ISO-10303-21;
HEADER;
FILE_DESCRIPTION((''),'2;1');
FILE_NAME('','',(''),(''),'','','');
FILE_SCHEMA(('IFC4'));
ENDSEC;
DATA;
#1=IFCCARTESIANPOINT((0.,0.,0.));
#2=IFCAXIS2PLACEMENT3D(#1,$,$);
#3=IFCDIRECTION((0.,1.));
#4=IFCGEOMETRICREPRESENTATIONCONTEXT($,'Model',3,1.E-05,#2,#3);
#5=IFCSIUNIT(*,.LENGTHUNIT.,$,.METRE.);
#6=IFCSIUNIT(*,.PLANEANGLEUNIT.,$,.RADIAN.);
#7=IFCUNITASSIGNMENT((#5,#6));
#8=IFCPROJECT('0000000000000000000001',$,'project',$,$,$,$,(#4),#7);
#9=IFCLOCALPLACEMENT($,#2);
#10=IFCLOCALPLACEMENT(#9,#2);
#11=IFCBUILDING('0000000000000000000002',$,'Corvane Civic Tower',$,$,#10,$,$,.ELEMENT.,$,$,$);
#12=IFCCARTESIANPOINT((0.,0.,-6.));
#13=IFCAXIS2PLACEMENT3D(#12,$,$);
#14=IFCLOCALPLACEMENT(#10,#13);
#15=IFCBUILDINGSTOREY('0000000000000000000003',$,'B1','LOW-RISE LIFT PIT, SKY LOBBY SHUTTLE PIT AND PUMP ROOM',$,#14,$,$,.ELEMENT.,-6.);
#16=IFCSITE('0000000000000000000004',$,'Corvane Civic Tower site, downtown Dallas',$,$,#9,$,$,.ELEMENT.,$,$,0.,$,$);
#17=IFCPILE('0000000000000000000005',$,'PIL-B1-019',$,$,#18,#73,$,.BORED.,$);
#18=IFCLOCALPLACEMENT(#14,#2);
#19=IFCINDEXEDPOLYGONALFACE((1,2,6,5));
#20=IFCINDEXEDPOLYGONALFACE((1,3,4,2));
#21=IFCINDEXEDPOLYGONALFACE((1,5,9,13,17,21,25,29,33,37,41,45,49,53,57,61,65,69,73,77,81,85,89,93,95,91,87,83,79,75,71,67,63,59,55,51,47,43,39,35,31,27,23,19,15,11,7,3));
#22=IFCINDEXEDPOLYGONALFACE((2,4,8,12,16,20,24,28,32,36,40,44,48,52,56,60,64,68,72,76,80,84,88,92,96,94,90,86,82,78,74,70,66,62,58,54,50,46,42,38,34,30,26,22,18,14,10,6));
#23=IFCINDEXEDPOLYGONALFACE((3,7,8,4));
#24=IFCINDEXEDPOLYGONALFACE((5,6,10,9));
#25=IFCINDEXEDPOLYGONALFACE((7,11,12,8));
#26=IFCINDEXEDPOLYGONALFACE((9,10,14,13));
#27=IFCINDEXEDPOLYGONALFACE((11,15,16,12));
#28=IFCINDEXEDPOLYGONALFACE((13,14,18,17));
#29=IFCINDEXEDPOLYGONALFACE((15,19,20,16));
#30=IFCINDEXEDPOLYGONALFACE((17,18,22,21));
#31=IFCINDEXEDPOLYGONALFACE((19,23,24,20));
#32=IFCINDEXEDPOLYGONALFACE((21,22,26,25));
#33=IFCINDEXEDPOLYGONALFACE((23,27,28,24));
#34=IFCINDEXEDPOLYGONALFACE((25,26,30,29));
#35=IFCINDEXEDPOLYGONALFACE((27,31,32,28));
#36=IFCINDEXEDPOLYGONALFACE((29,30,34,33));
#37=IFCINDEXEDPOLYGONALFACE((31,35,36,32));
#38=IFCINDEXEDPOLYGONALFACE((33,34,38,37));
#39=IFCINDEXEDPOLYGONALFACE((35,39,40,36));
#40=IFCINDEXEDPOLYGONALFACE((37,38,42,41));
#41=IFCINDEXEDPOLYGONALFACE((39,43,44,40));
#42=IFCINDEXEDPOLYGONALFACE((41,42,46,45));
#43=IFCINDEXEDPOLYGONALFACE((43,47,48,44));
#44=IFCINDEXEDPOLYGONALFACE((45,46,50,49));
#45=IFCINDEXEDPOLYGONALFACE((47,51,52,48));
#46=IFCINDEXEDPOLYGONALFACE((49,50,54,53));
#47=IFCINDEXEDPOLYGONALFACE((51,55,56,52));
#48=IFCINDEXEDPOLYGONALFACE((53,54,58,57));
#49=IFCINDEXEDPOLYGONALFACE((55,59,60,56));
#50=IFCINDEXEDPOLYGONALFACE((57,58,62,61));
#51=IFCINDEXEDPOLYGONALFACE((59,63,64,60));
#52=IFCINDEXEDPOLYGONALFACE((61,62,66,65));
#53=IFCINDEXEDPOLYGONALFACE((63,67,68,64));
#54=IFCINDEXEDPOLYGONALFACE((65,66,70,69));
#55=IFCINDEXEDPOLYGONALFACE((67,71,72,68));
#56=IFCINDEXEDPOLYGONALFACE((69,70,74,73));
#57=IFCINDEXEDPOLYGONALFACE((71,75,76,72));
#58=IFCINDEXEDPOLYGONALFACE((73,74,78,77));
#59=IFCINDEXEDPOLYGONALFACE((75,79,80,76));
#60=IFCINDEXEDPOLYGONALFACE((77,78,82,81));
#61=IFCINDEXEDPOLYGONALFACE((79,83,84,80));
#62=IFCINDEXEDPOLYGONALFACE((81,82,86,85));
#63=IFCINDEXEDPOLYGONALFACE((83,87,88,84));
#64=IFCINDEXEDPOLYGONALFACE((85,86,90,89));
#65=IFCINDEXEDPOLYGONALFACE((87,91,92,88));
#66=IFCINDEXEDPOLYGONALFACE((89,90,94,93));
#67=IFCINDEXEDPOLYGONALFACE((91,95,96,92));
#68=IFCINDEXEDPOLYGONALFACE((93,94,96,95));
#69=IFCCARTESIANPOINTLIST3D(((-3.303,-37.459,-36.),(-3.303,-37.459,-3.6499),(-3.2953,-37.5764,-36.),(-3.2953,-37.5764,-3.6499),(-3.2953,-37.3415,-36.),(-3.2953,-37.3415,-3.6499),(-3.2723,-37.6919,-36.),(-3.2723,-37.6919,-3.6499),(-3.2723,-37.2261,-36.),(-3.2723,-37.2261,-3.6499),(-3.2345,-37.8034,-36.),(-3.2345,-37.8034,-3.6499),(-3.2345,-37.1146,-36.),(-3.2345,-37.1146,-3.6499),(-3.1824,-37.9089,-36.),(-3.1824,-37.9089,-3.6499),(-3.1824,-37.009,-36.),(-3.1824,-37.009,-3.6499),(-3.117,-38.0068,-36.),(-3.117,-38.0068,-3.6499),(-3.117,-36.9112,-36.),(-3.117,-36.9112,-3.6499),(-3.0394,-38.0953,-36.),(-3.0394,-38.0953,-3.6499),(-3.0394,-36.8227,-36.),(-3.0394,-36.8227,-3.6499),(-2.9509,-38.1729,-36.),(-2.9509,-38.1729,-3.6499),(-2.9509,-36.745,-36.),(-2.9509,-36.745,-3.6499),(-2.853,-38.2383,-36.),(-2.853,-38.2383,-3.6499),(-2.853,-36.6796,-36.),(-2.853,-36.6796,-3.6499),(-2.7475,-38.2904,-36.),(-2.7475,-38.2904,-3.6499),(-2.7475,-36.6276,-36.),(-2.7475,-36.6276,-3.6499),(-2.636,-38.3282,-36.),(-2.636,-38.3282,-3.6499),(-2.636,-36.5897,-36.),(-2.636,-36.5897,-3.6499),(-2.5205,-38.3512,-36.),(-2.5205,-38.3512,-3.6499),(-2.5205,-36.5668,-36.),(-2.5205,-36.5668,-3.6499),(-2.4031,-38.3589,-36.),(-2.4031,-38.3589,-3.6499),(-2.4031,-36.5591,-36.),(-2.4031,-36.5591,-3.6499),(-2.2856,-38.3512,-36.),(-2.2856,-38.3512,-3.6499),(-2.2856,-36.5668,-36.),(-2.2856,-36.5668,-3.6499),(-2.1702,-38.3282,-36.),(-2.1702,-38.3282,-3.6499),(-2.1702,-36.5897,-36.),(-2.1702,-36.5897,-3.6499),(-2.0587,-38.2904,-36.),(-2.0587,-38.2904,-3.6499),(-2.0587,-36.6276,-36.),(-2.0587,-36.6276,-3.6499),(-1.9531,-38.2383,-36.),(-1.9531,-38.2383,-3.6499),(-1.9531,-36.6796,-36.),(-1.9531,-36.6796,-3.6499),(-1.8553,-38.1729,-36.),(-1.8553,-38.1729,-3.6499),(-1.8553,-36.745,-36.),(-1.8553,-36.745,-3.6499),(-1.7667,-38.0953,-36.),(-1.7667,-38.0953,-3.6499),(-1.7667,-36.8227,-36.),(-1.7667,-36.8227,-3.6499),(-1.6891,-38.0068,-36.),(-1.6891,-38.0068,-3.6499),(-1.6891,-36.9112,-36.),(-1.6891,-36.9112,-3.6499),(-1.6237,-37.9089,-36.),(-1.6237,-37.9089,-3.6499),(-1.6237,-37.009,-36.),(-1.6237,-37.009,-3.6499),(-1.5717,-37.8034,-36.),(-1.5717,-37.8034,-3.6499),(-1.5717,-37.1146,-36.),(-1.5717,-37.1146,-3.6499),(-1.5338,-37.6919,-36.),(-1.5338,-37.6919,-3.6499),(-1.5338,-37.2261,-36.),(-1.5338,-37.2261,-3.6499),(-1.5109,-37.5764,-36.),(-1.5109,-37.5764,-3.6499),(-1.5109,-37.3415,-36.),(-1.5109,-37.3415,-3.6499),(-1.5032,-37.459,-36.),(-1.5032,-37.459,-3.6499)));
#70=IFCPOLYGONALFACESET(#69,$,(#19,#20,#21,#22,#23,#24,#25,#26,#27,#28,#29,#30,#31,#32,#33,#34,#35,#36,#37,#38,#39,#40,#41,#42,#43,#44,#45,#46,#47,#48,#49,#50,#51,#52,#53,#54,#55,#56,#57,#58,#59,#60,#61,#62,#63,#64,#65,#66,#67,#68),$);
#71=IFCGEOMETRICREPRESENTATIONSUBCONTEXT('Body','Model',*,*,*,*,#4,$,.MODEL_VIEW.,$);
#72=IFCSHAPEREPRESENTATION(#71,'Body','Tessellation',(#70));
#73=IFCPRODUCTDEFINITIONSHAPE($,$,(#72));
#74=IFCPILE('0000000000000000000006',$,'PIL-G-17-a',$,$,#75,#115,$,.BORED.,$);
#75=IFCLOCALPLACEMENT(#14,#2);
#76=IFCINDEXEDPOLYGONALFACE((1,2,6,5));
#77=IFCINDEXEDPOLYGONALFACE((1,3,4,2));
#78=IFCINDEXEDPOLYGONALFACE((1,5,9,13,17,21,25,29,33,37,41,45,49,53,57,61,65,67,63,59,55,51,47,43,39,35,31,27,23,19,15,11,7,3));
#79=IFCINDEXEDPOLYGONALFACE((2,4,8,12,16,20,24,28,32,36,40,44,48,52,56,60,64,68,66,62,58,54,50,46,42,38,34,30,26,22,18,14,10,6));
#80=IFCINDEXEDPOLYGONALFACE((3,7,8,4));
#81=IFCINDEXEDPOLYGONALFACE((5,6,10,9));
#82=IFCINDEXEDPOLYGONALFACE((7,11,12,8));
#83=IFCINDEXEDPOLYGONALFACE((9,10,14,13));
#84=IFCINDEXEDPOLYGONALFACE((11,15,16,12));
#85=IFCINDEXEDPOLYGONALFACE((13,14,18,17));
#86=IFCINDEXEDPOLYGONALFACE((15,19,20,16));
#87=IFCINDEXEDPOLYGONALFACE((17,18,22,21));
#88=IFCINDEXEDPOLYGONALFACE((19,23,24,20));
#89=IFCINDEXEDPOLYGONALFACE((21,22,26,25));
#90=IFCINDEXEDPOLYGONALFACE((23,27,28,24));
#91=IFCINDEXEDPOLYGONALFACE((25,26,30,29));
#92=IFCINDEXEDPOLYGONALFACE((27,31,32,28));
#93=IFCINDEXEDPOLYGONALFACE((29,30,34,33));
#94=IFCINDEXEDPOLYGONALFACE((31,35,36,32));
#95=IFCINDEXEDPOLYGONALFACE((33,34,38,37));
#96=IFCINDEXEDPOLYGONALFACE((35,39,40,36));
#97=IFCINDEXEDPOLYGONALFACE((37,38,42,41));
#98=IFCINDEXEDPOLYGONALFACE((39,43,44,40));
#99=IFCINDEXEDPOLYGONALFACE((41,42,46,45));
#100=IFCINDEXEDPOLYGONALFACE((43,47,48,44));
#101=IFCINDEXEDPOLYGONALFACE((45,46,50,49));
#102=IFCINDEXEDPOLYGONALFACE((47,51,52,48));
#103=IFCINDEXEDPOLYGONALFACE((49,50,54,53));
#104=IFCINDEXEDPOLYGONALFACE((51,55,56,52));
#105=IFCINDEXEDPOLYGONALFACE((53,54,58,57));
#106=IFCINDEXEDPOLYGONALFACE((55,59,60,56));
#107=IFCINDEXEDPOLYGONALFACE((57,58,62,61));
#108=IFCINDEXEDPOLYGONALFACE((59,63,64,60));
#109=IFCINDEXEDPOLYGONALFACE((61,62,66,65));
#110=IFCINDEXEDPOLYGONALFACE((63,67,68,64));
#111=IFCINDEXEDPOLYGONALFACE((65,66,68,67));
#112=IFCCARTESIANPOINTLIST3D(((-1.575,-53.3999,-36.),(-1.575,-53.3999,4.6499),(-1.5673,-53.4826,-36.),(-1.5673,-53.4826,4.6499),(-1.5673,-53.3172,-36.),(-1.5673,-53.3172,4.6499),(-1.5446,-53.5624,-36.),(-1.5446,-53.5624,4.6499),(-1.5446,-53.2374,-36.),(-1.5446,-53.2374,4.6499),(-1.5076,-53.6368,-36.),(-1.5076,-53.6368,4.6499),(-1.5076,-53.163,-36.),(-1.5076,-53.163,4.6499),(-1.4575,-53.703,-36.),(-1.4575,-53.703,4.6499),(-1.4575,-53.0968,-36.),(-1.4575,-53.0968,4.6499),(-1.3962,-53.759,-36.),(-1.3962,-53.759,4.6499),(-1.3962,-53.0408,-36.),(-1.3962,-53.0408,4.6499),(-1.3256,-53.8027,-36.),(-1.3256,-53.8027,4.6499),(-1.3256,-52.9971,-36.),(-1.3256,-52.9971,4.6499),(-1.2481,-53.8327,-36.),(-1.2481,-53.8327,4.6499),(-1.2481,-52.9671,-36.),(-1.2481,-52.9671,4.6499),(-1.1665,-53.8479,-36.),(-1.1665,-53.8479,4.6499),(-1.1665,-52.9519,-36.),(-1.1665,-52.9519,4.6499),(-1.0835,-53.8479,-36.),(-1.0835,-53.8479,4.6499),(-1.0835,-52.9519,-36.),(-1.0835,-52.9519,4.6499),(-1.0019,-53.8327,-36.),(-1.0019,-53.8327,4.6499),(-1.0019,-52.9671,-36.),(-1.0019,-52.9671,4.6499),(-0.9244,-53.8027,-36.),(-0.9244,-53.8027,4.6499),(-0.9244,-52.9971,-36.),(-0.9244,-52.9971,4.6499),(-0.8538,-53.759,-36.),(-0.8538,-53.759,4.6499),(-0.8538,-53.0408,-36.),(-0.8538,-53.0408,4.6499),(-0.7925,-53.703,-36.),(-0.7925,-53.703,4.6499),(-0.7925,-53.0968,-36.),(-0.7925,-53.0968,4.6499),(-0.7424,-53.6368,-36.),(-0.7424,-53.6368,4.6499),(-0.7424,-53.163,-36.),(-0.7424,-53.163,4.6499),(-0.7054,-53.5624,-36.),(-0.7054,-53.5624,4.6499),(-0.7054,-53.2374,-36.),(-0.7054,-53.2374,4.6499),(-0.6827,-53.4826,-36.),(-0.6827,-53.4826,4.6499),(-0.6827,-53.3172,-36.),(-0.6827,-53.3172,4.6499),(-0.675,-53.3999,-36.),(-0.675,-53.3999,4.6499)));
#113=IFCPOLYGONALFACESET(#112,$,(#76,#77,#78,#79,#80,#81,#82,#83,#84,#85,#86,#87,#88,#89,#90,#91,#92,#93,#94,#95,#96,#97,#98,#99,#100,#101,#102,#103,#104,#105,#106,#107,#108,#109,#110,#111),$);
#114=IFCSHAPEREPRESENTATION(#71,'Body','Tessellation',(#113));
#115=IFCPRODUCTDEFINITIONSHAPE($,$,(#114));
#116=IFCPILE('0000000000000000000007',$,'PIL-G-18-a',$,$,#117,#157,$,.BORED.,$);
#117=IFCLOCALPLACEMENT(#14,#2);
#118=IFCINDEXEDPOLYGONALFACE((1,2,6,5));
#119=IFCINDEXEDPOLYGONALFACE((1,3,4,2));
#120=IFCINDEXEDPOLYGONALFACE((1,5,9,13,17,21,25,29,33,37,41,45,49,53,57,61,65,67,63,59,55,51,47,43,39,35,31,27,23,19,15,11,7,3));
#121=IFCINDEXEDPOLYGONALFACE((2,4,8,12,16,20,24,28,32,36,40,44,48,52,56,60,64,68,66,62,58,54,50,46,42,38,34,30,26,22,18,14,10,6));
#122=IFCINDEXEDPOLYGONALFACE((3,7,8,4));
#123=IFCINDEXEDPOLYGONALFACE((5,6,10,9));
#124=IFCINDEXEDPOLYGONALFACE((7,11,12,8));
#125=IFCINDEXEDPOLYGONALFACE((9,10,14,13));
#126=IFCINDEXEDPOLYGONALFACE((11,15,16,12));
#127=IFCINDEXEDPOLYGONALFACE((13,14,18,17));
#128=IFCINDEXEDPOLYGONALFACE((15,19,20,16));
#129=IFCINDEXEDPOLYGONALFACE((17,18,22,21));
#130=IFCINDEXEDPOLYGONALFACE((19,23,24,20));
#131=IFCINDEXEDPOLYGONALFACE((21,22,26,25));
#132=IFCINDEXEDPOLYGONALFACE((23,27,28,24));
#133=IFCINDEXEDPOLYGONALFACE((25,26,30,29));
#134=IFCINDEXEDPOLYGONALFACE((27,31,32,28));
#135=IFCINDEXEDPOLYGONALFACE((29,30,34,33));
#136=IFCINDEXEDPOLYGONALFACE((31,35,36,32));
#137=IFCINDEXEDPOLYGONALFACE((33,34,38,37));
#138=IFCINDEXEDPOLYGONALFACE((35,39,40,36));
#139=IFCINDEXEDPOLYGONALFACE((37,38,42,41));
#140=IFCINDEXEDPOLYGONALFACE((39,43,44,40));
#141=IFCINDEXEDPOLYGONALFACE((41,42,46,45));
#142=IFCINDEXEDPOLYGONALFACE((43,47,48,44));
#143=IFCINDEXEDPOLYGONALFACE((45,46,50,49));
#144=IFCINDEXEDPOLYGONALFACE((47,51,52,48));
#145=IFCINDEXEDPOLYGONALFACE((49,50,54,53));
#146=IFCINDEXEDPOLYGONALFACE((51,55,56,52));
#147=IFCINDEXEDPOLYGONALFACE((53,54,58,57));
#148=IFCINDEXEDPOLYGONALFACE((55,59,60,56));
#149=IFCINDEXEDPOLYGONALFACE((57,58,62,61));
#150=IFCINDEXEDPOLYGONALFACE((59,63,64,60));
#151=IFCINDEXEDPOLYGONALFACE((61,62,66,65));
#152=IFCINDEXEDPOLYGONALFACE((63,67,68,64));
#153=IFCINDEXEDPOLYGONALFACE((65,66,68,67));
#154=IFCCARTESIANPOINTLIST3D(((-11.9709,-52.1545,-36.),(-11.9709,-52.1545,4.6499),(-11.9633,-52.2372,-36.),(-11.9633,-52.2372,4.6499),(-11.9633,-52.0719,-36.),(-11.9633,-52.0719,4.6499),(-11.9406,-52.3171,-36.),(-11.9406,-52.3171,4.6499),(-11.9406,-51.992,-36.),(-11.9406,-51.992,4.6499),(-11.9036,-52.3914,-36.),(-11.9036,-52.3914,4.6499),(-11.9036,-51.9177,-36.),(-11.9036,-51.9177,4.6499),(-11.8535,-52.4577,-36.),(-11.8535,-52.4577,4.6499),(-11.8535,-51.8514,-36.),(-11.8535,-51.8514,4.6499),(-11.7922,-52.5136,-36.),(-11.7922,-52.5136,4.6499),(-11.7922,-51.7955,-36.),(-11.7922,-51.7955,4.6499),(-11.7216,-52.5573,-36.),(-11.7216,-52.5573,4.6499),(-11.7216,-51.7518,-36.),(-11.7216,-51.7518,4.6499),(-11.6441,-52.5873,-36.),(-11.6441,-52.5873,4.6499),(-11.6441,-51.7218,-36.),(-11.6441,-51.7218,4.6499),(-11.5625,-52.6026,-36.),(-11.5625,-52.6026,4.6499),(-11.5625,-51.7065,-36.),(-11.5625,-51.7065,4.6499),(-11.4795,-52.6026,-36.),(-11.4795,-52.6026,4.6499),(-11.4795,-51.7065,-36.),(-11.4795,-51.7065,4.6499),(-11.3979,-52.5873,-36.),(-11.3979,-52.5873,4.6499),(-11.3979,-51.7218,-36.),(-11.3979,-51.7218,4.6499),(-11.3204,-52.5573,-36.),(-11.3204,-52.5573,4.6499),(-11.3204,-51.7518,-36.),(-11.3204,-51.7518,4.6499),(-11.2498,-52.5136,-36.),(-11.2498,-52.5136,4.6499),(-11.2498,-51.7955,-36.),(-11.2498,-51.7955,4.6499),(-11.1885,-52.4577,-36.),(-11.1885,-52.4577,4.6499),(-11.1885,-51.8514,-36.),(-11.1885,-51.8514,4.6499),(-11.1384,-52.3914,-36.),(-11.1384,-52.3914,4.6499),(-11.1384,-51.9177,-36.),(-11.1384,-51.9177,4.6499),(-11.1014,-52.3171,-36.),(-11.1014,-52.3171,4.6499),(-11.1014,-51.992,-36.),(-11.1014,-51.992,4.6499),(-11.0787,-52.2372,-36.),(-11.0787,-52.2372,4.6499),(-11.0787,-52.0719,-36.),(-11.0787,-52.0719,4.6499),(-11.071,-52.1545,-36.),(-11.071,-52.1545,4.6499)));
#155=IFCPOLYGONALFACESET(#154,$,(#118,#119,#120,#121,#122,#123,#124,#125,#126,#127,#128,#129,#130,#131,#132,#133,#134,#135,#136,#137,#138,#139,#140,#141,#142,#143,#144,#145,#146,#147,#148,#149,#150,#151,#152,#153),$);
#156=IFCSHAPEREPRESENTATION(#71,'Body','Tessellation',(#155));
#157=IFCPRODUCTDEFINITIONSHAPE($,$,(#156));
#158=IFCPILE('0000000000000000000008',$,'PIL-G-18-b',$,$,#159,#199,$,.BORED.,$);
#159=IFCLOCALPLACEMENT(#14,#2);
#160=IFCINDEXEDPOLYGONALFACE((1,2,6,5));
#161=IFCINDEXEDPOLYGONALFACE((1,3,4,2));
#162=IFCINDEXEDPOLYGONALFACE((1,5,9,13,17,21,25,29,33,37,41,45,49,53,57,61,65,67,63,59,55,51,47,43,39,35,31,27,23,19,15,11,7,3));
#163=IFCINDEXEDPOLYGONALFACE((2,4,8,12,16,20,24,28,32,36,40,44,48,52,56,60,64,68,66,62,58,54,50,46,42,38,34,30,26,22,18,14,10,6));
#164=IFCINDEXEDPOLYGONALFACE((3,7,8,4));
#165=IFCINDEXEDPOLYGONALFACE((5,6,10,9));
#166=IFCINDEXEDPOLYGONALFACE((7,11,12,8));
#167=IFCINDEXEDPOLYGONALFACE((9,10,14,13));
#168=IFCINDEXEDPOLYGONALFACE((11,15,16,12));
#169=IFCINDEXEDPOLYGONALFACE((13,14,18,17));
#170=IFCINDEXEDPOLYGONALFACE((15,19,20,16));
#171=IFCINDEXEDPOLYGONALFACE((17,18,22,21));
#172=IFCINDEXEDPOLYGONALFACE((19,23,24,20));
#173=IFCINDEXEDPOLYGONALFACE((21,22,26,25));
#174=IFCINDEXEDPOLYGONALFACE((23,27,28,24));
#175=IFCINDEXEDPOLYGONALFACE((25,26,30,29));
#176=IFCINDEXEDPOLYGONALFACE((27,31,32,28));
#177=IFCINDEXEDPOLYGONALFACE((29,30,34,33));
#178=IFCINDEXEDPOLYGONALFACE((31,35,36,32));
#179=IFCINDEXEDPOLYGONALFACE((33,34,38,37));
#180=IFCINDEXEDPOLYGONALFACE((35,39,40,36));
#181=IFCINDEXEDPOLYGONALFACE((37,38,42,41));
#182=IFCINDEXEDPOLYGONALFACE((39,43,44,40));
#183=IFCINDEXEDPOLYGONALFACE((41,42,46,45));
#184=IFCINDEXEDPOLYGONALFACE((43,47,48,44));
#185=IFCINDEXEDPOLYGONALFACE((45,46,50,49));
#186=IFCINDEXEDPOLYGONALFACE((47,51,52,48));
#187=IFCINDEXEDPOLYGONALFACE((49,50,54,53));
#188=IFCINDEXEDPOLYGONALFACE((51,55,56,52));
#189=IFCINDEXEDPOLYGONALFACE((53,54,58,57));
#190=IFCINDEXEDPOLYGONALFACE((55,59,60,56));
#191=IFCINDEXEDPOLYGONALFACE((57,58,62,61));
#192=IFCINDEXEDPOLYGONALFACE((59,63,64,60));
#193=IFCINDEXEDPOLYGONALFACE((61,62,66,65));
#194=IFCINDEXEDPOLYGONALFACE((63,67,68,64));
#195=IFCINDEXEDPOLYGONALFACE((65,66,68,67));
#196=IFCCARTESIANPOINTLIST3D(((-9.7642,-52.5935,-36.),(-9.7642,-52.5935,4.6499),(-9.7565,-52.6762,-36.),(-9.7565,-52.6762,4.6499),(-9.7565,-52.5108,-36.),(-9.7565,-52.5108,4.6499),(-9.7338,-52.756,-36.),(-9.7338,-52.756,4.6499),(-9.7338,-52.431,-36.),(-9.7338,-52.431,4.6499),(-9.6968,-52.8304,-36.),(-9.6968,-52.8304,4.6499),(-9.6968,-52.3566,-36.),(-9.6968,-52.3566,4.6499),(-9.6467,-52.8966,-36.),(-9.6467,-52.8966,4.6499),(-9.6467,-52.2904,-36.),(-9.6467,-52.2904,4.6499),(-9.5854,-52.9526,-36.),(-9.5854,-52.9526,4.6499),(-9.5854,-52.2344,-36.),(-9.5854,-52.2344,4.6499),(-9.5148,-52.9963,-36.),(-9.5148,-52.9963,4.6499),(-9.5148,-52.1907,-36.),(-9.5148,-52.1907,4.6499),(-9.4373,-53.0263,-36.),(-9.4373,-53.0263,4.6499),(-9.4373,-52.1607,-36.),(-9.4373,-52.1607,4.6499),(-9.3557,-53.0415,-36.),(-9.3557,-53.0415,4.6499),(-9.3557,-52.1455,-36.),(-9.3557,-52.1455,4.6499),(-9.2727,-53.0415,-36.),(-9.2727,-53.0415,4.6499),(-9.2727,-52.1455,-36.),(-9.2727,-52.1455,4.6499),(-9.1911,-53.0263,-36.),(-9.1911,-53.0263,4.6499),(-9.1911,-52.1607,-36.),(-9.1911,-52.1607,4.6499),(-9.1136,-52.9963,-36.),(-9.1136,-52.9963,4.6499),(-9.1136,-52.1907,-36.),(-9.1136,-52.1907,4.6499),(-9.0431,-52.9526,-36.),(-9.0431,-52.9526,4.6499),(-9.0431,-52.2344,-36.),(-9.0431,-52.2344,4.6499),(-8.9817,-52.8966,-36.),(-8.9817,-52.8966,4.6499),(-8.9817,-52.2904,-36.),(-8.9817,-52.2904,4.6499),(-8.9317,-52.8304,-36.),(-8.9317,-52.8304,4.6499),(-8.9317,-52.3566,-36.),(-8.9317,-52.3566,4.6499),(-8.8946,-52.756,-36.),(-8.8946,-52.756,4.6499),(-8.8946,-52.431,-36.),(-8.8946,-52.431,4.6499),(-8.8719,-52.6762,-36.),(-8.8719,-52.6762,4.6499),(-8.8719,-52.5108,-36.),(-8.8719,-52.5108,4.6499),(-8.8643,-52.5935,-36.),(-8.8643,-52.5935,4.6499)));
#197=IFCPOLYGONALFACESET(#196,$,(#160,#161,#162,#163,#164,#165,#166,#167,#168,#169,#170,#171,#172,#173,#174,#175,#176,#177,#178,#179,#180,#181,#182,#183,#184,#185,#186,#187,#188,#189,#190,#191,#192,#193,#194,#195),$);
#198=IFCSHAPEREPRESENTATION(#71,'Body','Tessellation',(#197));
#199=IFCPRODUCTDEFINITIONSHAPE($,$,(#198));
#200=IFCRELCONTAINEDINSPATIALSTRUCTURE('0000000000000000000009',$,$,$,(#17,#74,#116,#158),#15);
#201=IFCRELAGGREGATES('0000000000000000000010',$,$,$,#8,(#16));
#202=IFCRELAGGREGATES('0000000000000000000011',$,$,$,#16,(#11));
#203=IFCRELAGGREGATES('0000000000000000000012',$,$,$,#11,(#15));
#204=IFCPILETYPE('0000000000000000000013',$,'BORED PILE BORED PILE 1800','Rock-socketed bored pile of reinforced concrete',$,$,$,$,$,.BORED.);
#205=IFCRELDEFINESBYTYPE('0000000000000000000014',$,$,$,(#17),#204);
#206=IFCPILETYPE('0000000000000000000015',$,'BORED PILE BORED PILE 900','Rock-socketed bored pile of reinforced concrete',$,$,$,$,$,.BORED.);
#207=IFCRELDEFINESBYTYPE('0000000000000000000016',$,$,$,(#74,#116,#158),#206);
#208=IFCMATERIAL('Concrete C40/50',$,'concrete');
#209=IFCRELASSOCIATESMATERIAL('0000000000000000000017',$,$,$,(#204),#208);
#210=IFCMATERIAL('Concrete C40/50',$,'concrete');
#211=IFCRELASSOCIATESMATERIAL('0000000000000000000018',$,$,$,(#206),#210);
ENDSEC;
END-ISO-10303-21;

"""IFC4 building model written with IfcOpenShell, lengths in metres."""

from ifc_helpers import new_model, si_unit, direction, frame, origin, origin_2d, place, context, subcontext, project, spatial, circle, extrude, material, material_profile, profile_set, type_object, element, save


model = new_model("IFC4")

# Units and contexts
model_context = context("Model", 3, precision=1e-05, world=origin(), true_north=direction((0.0, 1.0)))
body_context = subcontext(model_context, "Body", "Model", "MODEL_VIEW")
ifc_project = project(units=[si_unit("LENGTHUNIT", "METRE"), si_unit("PLANEANGLEUNIT", "RADIAN")], contexts=[model_context])

# Site, building, storey
site_placement = place(None, origin())
site = spatial("IfcSite", under=ifc_project, at=site_placement, Name="Corvane Civic Tower site, downtown Dallas", CompositionType="ELEMENT", RefElevation=0.0)
building_placement = place(site_placement, origin())
building = spatial("IfcBuilding", under=site, at=building_placement, Name="Corvane Civic Tower", CompositionType="ELEMENT")
storey_placement = place(building_placement, frame((0.0, 0.0, -6.0)))
storey = spatial("IfcBuildingStorey", under=building, at=storey_placement, Name="B1", Description="LOW-RISE LIFT PIT, SKY LOBBY SHUTTLE PIT AND PUMP ROOM", CompositionType="ELEMENT", Elevation=-6.0)

# Piles
ifc_material_1 = material(Name="Concrete C40/50", Category="concrete")
ifc_material_profile_1 = material_profile(ifc_material_1, circle(Radius=0.8999, at=origin_2d()), Name="BORED PILE 1800")
ifc_profile_set_1 = profile_set([ifc_material_profile_1], Name="Concrete C40/50")
pile_type_1 = type_object("IfcPileType", Name="BORED PILE BORED PILE 1800", Description="Rock-socketed bored pile of reinforced concrete", PredefinedType="BORED", material=ifc_profile_set_1)
for number, where, z_axis, x_axis, name in (
    (1, (-2.4031, -37.459, -3.6499), (0.0, 0.0, -1.0), (1.0, 0.0, 0.0), "PIL-B1-019"),
):
    element("IfcPile", number, at=place(storey_placement, frame(where, z_axis=z_axis, x_axis=x_axis)), inside=storey, type_object=pile_type_1, Name=name, PredefinedType="BORED", context=body_context, shape_type="SweptSolid", body=[
        extrude(circle(Radius=0.8999, at=origin_2d()), origin(), (0.0, 0.0, 1.0), 32.3501),
    ])
ifc_material_2 = material(Name="Concrete C40/50", Category="concrete")
ifc_material_profile_2 = material_profile(ifc_material_2, circle(Radius=0.45, at=origin_2d()), Name="BORED PILE 900")
ifc_profile_set_2 = profile_set([ifc_material_profile_2], Name="Concrete C40/50")
pile_type_2 = type_object("IfcPileType", Name="BORED PILE BORED PILE 900", Description="Rock-socketed bored pile of reinforced concrete", PredefinedType="BORED", material=ifc_profile_set_2)
for number, where, z_axis, x_axis, name in (
    (2, (-1.125, -53.3999, 4.6499), (0.0, 0.0, -1.0), (1.0, 0.0, 0.0), "PIL-G-17-a"),
    (3, (-11.521, -52.1545, 4.6499), (0.0, 0.0, -1.0), (1.0, 0.0, 0.0), "PIL-G-18-a"),
    (4, (-9.3142, -52.5935, 4.6499), (0.0, 0.0, -1.0), (1.0, 0.0, 0.0), "PIL-G-18-b"),
):
    element("IfcPile", number, at=place(storey_placement, frame(where, z_axis=z_axis, x_axis=x_axis)), inside=storey, type_object=pile_type_2, Name=name, PredefinedType="BORED", context=body_context, shape_type="SweptSolid", body=[
        extrude(circle(Radius=0.45, at=origin_2d()), origin(), (0.0, 0.0, 1.0), 40.6499),
    ])

save(model, "model.ifc")
